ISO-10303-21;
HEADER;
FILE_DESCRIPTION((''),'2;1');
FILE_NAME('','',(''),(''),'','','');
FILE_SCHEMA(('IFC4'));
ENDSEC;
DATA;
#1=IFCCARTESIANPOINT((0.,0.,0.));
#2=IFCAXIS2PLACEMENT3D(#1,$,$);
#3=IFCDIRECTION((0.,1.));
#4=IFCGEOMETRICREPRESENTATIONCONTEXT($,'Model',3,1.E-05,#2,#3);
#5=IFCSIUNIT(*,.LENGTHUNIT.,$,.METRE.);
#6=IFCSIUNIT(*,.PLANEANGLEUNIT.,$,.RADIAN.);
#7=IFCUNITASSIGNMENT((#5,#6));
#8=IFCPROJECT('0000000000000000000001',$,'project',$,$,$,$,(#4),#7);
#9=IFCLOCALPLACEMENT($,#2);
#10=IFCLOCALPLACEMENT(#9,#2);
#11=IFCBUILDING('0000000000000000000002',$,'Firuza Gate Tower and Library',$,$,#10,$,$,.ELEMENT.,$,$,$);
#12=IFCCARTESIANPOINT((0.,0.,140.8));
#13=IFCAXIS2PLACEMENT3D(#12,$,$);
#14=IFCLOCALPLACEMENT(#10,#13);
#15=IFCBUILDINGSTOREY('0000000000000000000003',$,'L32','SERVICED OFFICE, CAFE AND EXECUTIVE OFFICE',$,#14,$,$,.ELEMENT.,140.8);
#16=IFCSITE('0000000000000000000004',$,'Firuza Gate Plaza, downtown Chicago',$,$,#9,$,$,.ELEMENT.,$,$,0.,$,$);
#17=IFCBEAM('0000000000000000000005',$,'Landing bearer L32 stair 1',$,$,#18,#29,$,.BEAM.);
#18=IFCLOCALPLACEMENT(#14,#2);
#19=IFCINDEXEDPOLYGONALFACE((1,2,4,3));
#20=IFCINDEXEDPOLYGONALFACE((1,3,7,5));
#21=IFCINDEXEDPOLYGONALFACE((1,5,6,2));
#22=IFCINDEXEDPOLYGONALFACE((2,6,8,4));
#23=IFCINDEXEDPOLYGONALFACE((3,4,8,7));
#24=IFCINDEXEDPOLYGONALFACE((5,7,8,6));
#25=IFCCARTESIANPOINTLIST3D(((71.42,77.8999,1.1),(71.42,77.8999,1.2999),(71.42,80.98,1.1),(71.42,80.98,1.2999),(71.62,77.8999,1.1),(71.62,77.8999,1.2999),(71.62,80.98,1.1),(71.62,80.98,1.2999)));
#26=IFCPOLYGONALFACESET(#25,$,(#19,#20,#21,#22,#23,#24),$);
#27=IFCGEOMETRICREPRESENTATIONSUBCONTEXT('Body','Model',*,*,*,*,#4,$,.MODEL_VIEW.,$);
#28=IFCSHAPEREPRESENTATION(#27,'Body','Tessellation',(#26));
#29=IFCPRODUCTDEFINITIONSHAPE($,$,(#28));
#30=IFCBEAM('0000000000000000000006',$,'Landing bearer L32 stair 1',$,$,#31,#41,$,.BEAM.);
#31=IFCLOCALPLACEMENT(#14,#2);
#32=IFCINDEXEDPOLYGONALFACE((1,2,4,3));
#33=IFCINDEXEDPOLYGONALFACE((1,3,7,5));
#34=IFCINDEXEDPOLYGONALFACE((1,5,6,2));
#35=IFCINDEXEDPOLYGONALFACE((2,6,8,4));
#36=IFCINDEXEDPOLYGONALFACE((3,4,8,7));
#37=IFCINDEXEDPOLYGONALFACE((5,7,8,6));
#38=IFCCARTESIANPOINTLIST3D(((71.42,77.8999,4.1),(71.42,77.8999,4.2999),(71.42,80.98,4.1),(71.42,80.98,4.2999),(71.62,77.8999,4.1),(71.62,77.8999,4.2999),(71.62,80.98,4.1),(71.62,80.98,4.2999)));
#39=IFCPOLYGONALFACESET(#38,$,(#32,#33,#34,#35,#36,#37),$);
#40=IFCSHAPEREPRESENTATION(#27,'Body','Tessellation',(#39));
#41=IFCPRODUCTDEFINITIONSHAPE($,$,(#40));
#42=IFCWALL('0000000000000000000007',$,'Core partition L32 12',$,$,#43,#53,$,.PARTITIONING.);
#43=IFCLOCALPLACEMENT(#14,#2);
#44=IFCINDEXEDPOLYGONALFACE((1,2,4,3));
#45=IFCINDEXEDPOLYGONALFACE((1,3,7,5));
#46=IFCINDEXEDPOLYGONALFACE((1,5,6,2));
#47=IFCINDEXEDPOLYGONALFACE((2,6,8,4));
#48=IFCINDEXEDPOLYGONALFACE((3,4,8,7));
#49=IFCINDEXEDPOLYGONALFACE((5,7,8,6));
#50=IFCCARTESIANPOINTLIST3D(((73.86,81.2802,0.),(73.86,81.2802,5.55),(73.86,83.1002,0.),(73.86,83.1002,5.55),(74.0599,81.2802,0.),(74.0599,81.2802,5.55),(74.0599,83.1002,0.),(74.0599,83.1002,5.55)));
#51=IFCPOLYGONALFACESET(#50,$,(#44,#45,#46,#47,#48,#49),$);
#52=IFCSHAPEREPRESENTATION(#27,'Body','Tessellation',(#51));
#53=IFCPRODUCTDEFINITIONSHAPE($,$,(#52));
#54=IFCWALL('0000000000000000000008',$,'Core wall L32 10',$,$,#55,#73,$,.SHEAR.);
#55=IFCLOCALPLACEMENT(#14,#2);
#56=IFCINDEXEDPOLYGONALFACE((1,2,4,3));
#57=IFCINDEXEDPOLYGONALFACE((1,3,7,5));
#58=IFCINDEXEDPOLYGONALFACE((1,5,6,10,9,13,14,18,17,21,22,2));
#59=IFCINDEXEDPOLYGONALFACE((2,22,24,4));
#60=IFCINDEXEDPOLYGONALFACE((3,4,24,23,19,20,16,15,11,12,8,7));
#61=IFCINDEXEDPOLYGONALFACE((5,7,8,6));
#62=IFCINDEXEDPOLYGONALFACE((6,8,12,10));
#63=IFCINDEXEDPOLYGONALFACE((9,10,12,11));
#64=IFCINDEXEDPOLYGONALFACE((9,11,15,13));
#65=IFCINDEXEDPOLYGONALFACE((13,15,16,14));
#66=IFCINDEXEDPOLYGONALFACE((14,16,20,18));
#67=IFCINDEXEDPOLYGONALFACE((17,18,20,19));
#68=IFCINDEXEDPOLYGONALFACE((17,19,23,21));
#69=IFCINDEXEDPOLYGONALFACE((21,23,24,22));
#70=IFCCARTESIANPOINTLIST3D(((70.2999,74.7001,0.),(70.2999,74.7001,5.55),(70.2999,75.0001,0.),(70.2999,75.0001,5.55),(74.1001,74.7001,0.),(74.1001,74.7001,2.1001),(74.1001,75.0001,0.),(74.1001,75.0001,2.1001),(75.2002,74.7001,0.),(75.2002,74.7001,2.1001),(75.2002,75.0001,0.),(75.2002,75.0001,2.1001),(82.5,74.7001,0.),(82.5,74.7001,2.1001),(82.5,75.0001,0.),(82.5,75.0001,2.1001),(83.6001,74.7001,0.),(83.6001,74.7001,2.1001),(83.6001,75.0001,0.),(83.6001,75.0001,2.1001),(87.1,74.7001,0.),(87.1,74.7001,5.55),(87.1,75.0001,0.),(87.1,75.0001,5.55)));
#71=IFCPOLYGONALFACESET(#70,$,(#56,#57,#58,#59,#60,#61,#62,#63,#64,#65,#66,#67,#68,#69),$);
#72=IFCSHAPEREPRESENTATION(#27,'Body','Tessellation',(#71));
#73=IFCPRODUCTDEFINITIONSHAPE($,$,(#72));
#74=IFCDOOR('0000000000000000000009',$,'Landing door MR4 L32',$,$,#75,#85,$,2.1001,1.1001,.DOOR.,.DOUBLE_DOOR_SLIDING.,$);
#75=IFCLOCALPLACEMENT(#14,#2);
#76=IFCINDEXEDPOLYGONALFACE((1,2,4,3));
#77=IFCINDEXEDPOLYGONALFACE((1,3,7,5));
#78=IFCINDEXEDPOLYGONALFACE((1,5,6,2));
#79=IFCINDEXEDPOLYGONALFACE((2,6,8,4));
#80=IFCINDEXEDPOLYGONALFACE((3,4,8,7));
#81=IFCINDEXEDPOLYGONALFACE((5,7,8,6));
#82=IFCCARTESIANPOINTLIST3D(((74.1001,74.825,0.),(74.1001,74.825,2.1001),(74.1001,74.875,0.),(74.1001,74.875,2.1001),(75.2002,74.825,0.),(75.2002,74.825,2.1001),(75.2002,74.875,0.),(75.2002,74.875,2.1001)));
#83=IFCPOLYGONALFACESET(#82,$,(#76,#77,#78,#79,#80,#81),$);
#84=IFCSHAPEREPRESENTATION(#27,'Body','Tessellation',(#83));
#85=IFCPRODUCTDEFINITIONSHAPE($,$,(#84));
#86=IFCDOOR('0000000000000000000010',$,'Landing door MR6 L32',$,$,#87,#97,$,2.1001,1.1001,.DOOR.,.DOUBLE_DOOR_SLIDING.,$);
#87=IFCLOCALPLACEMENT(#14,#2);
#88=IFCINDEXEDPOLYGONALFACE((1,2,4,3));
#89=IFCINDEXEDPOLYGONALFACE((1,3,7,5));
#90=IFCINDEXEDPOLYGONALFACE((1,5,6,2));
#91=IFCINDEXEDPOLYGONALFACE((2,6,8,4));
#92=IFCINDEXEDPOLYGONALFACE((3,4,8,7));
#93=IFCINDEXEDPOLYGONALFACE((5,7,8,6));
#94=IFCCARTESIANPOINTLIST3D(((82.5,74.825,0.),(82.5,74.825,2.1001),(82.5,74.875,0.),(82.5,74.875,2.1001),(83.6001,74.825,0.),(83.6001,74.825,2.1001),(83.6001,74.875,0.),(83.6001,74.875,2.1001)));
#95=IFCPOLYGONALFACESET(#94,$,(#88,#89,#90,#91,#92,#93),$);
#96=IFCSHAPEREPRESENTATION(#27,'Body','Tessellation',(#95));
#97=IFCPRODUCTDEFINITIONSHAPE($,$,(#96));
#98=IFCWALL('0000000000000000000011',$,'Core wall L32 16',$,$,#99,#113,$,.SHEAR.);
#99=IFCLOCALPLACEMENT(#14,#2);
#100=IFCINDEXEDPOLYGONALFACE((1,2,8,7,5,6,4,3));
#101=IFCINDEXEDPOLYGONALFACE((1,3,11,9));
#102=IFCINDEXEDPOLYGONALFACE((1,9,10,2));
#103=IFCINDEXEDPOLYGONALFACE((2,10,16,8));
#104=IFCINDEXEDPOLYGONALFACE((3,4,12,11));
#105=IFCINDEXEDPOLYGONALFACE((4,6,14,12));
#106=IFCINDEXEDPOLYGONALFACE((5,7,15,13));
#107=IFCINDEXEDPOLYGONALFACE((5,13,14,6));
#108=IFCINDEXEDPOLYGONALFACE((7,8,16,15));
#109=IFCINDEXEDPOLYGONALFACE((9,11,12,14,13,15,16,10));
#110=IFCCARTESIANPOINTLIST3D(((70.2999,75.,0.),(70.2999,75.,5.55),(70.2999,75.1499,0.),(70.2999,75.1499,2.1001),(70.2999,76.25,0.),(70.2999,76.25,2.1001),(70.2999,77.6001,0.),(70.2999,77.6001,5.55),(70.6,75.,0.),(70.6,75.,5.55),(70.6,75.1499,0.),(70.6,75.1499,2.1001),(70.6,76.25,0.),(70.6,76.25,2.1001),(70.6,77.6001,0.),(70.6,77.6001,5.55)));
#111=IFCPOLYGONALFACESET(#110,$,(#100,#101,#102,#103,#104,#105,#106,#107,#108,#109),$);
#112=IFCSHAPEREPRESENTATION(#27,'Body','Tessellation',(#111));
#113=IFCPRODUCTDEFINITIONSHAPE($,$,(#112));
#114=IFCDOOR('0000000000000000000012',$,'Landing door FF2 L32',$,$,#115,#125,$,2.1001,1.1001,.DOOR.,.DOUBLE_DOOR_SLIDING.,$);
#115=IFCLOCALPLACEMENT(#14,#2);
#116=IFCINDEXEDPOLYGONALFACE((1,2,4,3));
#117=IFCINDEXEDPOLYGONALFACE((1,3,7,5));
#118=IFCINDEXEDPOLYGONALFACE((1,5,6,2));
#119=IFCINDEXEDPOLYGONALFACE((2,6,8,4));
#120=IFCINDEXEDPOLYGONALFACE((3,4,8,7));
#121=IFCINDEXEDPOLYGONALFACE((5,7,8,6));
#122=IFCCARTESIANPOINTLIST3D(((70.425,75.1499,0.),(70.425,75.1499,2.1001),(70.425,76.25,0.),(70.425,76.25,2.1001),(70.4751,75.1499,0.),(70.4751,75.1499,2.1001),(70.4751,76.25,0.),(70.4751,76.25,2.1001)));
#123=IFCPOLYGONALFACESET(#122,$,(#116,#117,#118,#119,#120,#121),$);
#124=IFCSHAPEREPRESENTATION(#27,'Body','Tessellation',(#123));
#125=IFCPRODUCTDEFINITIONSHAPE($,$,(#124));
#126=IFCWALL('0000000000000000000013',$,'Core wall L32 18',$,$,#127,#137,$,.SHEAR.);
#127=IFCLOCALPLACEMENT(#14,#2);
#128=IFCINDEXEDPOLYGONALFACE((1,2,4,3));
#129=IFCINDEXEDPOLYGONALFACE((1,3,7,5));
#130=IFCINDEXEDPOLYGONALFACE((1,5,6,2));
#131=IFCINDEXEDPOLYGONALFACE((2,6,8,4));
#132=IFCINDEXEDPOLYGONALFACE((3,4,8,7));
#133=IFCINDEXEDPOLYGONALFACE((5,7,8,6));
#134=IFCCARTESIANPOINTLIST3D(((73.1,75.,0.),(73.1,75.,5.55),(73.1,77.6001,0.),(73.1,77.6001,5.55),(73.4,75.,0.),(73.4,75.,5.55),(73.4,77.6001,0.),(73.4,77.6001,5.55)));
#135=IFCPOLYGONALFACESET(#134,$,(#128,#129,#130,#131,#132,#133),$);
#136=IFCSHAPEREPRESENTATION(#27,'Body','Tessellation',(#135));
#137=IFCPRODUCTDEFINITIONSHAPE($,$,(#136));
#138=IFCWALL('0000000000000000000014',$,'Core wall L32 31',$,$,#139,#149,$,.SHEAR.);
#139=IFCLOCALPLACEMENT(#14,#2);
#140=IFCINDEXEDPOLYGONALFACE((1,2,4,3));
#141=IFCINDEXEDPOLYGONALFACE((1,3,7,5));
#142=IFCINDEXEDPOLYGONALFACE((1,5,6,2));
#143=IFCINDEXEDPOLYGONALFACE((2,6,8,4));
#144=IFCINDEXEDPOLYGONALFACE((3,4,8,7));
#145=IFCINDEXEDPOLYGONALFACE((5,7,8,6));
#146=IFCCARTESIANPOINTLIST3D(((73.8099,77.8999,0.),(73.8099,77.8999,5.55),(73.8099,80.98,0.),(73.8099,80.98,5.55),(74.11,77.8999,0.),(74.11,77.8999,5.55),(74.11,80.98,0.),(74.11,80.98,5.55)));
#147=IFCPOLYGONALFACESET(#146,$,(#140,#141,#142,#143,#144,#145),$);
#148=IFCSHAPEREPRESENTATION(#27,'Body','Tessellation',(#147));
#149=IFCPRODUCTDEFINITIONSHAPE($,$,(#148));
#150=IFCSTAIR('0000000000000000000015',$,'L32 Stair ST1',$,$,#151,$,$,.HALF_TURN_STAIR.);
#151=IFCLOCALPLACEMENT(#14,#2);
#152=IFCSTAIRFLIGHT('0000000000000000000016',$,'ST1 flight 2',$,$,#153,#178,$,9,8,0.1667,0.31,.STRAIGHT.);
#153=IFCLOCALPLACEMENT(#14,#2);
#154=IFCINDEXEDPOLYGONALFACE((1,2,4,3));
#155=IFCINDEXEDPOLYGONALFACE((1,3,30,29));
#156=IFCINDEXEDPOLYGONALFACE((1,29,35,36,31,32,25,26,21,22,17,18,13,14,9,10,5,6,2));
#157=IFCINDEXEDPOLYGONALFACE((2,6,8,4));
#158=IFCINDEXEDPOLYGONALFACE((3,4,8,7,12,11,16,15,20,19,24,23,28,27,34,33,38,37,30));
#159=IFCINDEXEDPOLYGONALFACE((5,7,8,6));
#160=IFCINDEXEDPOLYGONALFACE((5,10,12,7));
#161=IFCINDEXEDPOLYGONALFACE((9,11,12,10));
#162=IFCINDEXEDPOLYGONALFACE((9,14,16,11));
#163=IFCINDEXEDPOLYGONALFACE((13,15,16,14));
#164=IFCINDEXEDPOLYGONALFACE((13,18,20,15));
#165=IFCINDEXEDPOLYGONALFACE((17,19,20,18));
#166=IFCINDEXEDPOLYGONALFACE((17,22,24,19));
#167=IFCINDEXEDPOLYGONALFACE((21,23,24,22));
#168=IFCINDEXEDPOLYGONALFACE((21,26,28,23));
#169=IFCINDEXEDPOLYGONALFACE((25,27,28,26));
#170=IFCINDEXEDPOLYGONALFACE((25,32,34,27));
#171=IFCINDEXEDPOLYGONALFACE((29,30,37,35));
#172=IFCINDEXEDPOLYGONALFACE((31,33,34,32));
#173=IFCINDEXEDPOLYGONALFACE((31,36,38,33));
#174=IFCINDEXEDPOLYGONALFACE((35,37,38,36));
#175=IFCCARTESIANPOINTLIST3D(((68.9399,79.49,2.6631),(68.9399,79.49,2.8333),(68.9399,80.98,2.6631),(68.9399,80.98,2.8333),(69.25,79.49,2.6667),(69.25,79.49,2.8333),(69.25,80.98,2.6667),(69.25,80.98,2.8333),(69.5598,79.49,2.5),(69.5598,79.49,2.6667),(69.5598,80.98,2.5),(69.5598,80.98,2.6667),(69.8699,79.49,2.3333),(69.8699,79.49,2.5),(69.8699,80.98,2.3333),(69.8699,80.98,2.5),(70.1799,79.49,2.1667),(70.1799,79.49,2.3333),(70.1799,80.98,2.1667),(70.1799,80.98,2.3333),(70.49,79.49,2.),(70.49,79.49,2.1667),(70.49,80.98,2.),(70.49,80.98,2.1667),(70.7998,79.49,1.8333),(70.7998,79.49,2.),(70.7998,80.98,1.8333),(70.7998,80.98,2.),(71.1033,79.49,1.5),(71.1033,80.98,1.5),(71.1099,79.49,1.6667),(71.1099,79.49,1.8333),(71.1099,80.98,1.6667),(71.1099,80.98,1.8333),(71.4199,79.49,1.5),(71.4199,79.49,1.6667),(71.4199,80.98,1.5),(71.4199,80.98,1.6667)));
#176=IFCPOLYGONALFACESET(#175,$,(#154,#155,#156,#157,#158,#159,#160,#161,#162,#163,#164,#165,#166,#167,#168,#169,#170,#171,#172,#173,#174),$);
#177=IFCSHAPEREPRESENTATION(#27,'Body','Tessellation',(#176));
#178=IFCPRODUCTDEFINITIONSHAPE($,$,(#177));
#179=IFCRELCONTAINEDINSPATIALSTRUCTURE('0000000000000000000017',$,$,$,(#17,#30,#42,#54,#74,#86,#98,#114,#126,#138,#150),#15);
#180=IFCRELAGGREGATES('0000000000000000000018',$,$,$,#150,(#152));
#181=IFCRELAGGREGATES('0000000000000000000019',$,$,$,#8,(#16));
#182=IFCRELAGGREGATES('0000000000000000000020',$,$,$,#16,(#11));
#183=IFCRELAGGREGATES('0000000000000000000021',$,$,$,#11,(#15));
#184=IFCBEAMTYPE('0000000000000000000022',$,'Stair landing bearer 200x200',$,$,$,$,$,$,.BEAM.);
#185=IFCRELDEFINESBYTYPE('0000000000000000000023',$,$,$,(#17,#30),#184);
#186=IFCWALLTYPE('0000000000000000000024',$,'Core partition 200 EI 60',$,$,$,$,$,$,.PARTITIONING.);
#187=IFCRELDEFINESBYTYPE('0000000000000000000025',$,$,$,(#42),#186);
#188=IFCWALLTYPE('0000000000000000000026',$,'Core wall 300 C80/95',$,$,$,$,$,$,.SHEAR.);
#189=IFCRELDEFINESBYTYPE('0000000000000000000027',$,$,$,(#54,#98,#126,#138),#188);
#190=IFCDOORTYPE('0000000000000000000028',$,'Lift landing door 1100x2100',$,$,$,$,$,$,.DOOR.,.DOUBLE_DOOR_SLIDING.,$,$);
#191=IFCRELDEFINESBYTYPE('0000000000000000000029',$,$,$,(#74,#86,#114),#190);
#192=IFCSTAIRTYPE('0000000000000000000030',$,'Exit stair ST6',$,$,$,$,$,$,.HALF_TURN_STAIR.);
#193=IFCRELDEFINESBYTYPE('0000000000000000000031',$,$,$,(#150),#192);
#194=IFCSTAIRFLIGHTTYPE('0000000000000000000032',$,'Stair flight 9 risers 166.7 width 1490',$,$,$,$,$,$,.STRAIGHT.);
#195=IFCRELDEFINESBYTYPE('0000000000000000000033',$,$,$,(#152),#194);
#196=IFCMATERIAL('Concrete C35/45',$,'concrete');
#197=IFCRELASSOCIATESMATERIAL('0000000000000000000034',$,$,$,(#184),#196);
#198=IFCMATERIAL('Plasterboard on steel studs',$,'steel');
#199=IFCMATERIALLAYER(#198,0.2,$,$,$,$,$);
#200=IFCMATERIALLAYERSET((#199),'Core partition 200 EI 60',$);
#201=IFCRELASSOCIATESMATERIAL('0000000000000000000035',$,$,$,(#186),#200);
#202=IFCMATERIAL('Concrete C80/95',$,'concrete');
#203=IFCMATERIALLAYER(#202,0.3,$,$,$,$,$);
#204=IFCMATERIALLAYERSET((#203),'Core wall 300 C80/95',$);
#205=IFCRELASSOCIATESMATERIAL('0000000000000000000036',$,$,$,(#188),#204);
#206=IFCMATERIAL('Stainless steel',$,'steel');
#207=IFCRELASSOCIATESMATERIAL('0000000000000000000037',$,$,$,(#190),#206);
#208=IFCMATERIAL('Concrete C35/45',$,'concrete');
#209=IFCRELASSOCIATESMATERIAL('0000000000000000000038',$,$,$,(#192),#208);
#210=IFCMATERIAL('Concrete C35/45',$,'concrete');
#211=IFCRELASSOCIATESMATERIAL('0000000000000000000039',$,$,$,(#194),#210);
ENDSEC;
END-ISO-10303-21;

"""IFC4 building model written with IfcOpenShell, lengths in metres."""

from ifc_helpers import new_model, si_unit, direction, frame, frame_2d, origin, origin_2d, place, context, subcontext, project, spatial, polyline, rectangle, outline, extrude, material, layer, layer_set, material_profile, profile_set, type_object, element, fill, aggregate, save


model = new_model("IFC4")

# Units and contexts
model_context = context("Model", 3, precision=1e-05, world=origin(), true_north=direction((0.0, 1.0)))
body_context = subcontext(model_context, "Body", "Model", "MODEL_VIEW")
ifc_project = project(units=[si_unit("LENGTHUNIT", "METRE"), si_unit("PLANEANGLEUNIT", "RADIAN")], contexts=[model_context])

# Site, building, storey
site_placement = place(None, origin())
site = spatial("IfcSite", under=ifc_project, at=site_placement, Name="Firuza Gate Plaza, downtown Chicago", CompositionType="ELEMENT", RefElevation=0.0)
building_placement = place(site_placement, origin())
building = spatial("IfcBuilding", under=site, at=building_placement, Name="Firuza Gate Tower and Library", CompositionType="ELEMENT")
storey_placement = place(building_placement, frame((0.0, 0.0, 140.8)))
storey = spatial("IfcBuildingStorey", under=building, at=storey_placement, Name="L32", Description="SERVICED OFFICE, CAFE AND EXECUTIVE OFFICE", CompositionType="ELEMENT", Elevation=140.8)

# Beams
ifc_material_1 = material(Name="Concrete C35/45", Category="concrete")
ifc_material_profile = material_profile(ifc_material_1, rectangle(XDim=0.2, YDim=0.2, at=origin_2d()))
ifc_profile_set = profile_set([ifc_material_profile], Name="Concrete C35/45")
beam_type = type_object("IfcBeamType", Name="Stair landing bearer 200x200", PredefinedType="BEAM", material=ifc_profile_set)
for number, where, z_axis, x_axis, name in (
    (1, (71.52, 77.8999, 1.2), (0.0, 1.0, 0.0), (-1.0, 0.0, 0.0), "Landing bearer L32 stair 1"),
    (2, (71.52, 77.8999, 4.2), (0.0, 1.0, 0.0), (-1.0, 0.0, 0.0), "Landing bearer L32 stair 1"),
):
    element("IfcBeam", number, at=place(storey_placement, frame(where, z_axis=z_axis, x_axis=x_axis)), inside=storey, type_object=beam_type, Name=name, PredefinedType="BEAM", context=body_context, shape_type="SweptSolid", body=[
        extrude(rectangle(XDim=0.2, YDim=0.2, at=origin_2d()), origin(), (0.0, 0.0, 1.0), 3.0801),
    ])

# Wall
ifc_material_2 = material(Name="Plasterboard on steel studs", Category="steel")
ifc_layer_1 = layer(ifc_material_2, 0.2)
ifc_layer_set_1 = layer_set([ifc_layer_1], Name="Core partition 200 EI 60")
wall_type_1 = type_object("IfcWallType", Name="Core partition 200 EI 60", PredefinedType="PARTITIONING", material=ifc_layer_set_1)
wall_1_placement = place(storey_placement, frame((73.96, 81.28, 0.0), z_axis=(0.0, 0.0, 1.0), x_axis=(0.0, 1.0, 0.0)))
element("IfcWall", 3, at=wall_1_placement, inside=storey, type_object=wall_type_1, Name="Core partition L32 12", PredefinedType="PARTITIONING", context=body_context, shape_type="SweptSolid", body=[
    extrude(rectangle(XDim=1.8201, YDim=0.2, at=frame_2d((0.9102, 0.0))), origin(), (0.0, 0.0, 1.0), 5.55),
])

# Wall, openings, doors
ifc_material_3 = material(Name="Concrete C80/95", Category="concrete")
ifc_layer_2 = layer(ifc_material_3, 0.3)
ifc_layer_set_2 = layer_set([ifc_layer_2], Name="Core wall 300 C80/95")
wall_type_2 = type_object("IfcWallType", Name="Core wall 300 C80/95", PredefinedType="SHEAR", material=ifc_layer_set_2)
wall_2_placement = place(storey_placement, frame((70.3, 74.8501, 0.0), z_axis=(0.0, 0.0, 1.0), x_axis=(1.0, 0.0, 0.0)))
wall_2 = element("IfcWall", 4, at=wall_2_placement, inside=storey, type_object=wall_type_2, Name="Core wall L32 10", PredefinedType="SHEAR", context=body_context, shape_type="SweptSolid", body=[
    extrude(rectangle(XDim=16.8, YDim=0.3, at=frame_2d((8.3999, 0.0))), origin(), (0.0, 0.0, 1.0), 5.55),
])
opening_1_placement = place(wall_2_placement, frame((3.8, 0.0, 0.0)))
opening_1 = element("IfcOpeningElement", 5, at=opening_1_placement, cuts=wall_2, PredefinedType="OPENING", context=body_context, shape_type="SweptSolid", body=[
    extrude(rectangle(XDim=1.1001, YDim=2.1001, at=frame_2d((0.55, 1.05))), frame((0.0, 0.1602, 0.0), z_axis=(0.0, -1.0, 0.0), x_axis=(1.0, 0.0, 0.0)), (0.0, 0.0, 1.0), 0.3201),
])
opening_2_placement = place(wall_2_placement, frame((12.2, 0.0, 0.0)))
opening_2 = element("IfcOpeningElement", 6, at=opening_2_placement, cuts=wall_2, PredefinedType="OPENING", context=body_context, shape_type="SweptSolid", body=[
    extrude(rectangle(XDim=1.1001, YDim=2.1001, at=frame_2d((0.55, 1.05))), frame((0.0, 0.1602, 0.0), z_axis=(0.0, -1.0, 0.0), x_axis=(1.0, 0.0, 0.0)), (0.0, 0.0, 1.0), 0.3201),
])
ifc_material_4 = material(Name="Stainless steel", Category="steel")
door_type = type_object("IfcDoorType", Name="Lift landing door 1100x2100", OperationType="DOUBLE_DOOR_SLIDING", PredefinedType="DOOR", material=ifc_material_4)
door_1_placement = place(opening_1_placement, origin())
door_1 = element("IfcDoor", 7, at=door_1_placement, inside=storey, type_object=door_type, Name="Landing door MR4 L32", OperationType="DOUBLE_DOOR_SLIDING", OverallHeight=2.1001, OverallWidth=1.1001, PredefinedType="DOOR", context=body_context, shape_type="SweptSolid", body=[
    extrude(rectangle(XDim=1.1001, YDim=2.1001, at=frame_2d((0.55, 1.05))), frame((0.0, 0.0249, 0.0), z_axis=(0.0, -1.0, 0.0), x_axis=(1.0, 0.0, 0.0)), (0.0, 0.0, 1.0), 0.05),
])
fill(opening_1, door_1)
door_2_placement = place(opening_2_placement, origin())
door_2 = element("IfcDoor", 8, at=door_2_placement, inside=storey, type_object=door_type, Name="Landing door MR6 L32", OperationType="DOUBLE_DOOR_SLIDING", OverallHeight=2.1001, OverallWidth=1.1001, PredefinedType="DOOR", context=body_context, shape_type="SweptSolid", body=[
    extrude(rectangle(XDim=1.1001, YDim=2.1001, at=frame_2d((0.55, 1.05))), frame((0.0, 0.0249, 0.0), z_axis=(0.0, -1.0, 0.0), x_axis=(1.0, 0.0, 0.0)), (0.0, 0.0, 1.0), 0.05),
])
fill(opening_2, door_2)

# Wall, opening, door
wall_3_placement = place(storey_placement, frame((70.45, 75.0, 0.0), z_axis=(0.0, 0.0, 1.0), x_axis=(0.0, 1.0, 0.0)))
wall_3 = element("IfcWall", 9, at=wall_3_placement, inside=storey, type_object=wall_type_2, Name="Core wall L32 16", PredefinedType="SHEAR", context=body_context, shape_type="SweptSolid", body=[
    extrude(rectangle(XDim=2.6001, YDim=0.3, at=frame_2d((1.3, 0.0))), origin(), (0.0, 0.0, 1.0), 5.55),
])
opening_3_placement = place(wall_3_placement, frame((0.1499, 0.0, 0.0)))
opening_3 = element("IfcOpeningElement", 10, at=opening_3_placement, cuts=wall_3, PredefinedType="OPENING", context=body_context, shape_type="SweptSolid", body=[
    extrude(rectangle(XDim=1.1001, YDim=2.1001, at=frame_2d((0.55, 1.05))), frame((0.0, 0.1602, 0.0), z_axis=(0.0, -1.0, 0.0), x_axis=(1.0, 0.0, 0.0)), (0.0, 0.0, 1.0), 0.3201),
])
door_3_placement = place(opening_3_placement, origin())
door_3 = element("IfcDoor", 11, at=door_3_placement, inside=storey, type_object=door_type, Name="Landing door FF2 L32", OperationType="DOUBLE_DOOR_SLIDING", OverallHeight=2.1001, OverallWidth=1.1001, PredefinedType="DOOR", context=body_context, shape_type="SweptSolid", body=[
    extrude(rectangle(XDim=1.1001, YDim=2.1001, at=frame_2d((0.55, 1.05))), frame((0.0, 0.0249, 0.0), z_axis=(0.0, -1.0, 0.0), x_axis=(1.0, 0.0, 0.0)), (0.0, 0.0, 1.0), 0.05),
])
fill(opening_3, door_3)

# Walls
wall_4_placement = place(storey_placement, frame((73.25, 75.0, 0.0), z_axis=(0.0, 0.0, 1.0), x_axis=(0.0, 1.0, 0.0)))
element("IfcWall", 12, at=wall_4_placement, inside=storey, type_object=wall_type_2, Name="Core wall L32 18", PredefinedType="SHEAR", context=body_context, shape_type="SweptSolid", body=[
    extrude(rectangle(XDim=2.6001, YDim=0.3, at=frame_2d((1.3, 0.0))), origin(), (0.0, 0.0, 1.0), 5.55),
])
wall_5_placement = place(storey_placement, frame((73.96, 77.8999, 0.0), z_axis=(0.0, 0.0, 1.0), x_axis=(0.0, 1.0, 0.0)))
element("IfcWall", 13, at=wall_5_placement, inside=storey, type_object=wall_type_2, Name="Core wall L32 31", PredefinedType="SHEAR", context=body_context, shape_type="SweptSolid", body=[
    extrude(rectangle(XDim=3.0801, YDim=0.3, at=frame_2d((1.54, 0.0))), origin(), (0.0, 0.0, 1.0), 5.55),
])

# Stair, stair flight
ifc_material_5 = material(Name="Concrete C35/45", Category="concrete")
stair_type = type_object("IfcStairType", Name="Exit stair ST6", PredefinedType="HALF_TURN_STAIR", material=ifc_material_5)
stair_placement = place(storey_placement, origin())
stair = element("IfcStair", 14, at=stair_placement, inside=storey, type_object=stair_type, Name="L32 Stair ST1", PredefinedType="HALF_TURN_STAIR")
ifc_material_6 = material(Name="Concrete C35/45", Category="concrete")
stair_flight_type = type_object("IfcStairFlightType", Name="Stair flight 9 risers 166.7 width 1490", PredefinedType="STRAIGHT", material=ifc_material_6)
stair_flight_1_placement = place(storey_placement, frame((71.4199, 80.2351, 1.5), z_axis=(0.0, 0.0, 1.0), x_axis=(-1.0, 0.0, 0.0)))
stair_flight_1 = element("IfcStairFlight", 15, at=stair_flight_1_placement, type_object=stair_flight_type, Name="ST1 flight 2", NumberOfRisers=9, NumberOfTreads=8, PredefinedType="STRAIGHT", RiserHeight=0.1667, TreadLength=0.31, context=body_context, shape_type="SweptSolid", body=[
    extrude(outline(polyline([(0.0, 0.0), (0.0, 0.1667), (0.3101, 0.1667), (0.3101, 0.3333), (0.6201, 0.3333), (0.6201, 0.5), (0.9299, 0.5), (0.9299, 0.6667), (1.24, 0.6667), (1.24, 0.8333), (1.55, 0.8333), (1.55, 1.0), (1.8601, 1.0), (1.8601, 1.1667), (2.1699, 1.1667), (2.1699, 1.3333), (2.48, 1.3333), (2.48, 1.5), (2.48, 1.1631), (0.3167, 0.0), (0.0, 0.0)])), frame((0.0, 0.7451, 0.0), z_axis=(0.0, -1.0, 0.0), x_axis=(1.0, 0.0, 0.0)), (0.0, 0.0, 1.0), 1.49),
])
aggregate(stair, [stair_flight_1])

save(model, "model.ifc")
